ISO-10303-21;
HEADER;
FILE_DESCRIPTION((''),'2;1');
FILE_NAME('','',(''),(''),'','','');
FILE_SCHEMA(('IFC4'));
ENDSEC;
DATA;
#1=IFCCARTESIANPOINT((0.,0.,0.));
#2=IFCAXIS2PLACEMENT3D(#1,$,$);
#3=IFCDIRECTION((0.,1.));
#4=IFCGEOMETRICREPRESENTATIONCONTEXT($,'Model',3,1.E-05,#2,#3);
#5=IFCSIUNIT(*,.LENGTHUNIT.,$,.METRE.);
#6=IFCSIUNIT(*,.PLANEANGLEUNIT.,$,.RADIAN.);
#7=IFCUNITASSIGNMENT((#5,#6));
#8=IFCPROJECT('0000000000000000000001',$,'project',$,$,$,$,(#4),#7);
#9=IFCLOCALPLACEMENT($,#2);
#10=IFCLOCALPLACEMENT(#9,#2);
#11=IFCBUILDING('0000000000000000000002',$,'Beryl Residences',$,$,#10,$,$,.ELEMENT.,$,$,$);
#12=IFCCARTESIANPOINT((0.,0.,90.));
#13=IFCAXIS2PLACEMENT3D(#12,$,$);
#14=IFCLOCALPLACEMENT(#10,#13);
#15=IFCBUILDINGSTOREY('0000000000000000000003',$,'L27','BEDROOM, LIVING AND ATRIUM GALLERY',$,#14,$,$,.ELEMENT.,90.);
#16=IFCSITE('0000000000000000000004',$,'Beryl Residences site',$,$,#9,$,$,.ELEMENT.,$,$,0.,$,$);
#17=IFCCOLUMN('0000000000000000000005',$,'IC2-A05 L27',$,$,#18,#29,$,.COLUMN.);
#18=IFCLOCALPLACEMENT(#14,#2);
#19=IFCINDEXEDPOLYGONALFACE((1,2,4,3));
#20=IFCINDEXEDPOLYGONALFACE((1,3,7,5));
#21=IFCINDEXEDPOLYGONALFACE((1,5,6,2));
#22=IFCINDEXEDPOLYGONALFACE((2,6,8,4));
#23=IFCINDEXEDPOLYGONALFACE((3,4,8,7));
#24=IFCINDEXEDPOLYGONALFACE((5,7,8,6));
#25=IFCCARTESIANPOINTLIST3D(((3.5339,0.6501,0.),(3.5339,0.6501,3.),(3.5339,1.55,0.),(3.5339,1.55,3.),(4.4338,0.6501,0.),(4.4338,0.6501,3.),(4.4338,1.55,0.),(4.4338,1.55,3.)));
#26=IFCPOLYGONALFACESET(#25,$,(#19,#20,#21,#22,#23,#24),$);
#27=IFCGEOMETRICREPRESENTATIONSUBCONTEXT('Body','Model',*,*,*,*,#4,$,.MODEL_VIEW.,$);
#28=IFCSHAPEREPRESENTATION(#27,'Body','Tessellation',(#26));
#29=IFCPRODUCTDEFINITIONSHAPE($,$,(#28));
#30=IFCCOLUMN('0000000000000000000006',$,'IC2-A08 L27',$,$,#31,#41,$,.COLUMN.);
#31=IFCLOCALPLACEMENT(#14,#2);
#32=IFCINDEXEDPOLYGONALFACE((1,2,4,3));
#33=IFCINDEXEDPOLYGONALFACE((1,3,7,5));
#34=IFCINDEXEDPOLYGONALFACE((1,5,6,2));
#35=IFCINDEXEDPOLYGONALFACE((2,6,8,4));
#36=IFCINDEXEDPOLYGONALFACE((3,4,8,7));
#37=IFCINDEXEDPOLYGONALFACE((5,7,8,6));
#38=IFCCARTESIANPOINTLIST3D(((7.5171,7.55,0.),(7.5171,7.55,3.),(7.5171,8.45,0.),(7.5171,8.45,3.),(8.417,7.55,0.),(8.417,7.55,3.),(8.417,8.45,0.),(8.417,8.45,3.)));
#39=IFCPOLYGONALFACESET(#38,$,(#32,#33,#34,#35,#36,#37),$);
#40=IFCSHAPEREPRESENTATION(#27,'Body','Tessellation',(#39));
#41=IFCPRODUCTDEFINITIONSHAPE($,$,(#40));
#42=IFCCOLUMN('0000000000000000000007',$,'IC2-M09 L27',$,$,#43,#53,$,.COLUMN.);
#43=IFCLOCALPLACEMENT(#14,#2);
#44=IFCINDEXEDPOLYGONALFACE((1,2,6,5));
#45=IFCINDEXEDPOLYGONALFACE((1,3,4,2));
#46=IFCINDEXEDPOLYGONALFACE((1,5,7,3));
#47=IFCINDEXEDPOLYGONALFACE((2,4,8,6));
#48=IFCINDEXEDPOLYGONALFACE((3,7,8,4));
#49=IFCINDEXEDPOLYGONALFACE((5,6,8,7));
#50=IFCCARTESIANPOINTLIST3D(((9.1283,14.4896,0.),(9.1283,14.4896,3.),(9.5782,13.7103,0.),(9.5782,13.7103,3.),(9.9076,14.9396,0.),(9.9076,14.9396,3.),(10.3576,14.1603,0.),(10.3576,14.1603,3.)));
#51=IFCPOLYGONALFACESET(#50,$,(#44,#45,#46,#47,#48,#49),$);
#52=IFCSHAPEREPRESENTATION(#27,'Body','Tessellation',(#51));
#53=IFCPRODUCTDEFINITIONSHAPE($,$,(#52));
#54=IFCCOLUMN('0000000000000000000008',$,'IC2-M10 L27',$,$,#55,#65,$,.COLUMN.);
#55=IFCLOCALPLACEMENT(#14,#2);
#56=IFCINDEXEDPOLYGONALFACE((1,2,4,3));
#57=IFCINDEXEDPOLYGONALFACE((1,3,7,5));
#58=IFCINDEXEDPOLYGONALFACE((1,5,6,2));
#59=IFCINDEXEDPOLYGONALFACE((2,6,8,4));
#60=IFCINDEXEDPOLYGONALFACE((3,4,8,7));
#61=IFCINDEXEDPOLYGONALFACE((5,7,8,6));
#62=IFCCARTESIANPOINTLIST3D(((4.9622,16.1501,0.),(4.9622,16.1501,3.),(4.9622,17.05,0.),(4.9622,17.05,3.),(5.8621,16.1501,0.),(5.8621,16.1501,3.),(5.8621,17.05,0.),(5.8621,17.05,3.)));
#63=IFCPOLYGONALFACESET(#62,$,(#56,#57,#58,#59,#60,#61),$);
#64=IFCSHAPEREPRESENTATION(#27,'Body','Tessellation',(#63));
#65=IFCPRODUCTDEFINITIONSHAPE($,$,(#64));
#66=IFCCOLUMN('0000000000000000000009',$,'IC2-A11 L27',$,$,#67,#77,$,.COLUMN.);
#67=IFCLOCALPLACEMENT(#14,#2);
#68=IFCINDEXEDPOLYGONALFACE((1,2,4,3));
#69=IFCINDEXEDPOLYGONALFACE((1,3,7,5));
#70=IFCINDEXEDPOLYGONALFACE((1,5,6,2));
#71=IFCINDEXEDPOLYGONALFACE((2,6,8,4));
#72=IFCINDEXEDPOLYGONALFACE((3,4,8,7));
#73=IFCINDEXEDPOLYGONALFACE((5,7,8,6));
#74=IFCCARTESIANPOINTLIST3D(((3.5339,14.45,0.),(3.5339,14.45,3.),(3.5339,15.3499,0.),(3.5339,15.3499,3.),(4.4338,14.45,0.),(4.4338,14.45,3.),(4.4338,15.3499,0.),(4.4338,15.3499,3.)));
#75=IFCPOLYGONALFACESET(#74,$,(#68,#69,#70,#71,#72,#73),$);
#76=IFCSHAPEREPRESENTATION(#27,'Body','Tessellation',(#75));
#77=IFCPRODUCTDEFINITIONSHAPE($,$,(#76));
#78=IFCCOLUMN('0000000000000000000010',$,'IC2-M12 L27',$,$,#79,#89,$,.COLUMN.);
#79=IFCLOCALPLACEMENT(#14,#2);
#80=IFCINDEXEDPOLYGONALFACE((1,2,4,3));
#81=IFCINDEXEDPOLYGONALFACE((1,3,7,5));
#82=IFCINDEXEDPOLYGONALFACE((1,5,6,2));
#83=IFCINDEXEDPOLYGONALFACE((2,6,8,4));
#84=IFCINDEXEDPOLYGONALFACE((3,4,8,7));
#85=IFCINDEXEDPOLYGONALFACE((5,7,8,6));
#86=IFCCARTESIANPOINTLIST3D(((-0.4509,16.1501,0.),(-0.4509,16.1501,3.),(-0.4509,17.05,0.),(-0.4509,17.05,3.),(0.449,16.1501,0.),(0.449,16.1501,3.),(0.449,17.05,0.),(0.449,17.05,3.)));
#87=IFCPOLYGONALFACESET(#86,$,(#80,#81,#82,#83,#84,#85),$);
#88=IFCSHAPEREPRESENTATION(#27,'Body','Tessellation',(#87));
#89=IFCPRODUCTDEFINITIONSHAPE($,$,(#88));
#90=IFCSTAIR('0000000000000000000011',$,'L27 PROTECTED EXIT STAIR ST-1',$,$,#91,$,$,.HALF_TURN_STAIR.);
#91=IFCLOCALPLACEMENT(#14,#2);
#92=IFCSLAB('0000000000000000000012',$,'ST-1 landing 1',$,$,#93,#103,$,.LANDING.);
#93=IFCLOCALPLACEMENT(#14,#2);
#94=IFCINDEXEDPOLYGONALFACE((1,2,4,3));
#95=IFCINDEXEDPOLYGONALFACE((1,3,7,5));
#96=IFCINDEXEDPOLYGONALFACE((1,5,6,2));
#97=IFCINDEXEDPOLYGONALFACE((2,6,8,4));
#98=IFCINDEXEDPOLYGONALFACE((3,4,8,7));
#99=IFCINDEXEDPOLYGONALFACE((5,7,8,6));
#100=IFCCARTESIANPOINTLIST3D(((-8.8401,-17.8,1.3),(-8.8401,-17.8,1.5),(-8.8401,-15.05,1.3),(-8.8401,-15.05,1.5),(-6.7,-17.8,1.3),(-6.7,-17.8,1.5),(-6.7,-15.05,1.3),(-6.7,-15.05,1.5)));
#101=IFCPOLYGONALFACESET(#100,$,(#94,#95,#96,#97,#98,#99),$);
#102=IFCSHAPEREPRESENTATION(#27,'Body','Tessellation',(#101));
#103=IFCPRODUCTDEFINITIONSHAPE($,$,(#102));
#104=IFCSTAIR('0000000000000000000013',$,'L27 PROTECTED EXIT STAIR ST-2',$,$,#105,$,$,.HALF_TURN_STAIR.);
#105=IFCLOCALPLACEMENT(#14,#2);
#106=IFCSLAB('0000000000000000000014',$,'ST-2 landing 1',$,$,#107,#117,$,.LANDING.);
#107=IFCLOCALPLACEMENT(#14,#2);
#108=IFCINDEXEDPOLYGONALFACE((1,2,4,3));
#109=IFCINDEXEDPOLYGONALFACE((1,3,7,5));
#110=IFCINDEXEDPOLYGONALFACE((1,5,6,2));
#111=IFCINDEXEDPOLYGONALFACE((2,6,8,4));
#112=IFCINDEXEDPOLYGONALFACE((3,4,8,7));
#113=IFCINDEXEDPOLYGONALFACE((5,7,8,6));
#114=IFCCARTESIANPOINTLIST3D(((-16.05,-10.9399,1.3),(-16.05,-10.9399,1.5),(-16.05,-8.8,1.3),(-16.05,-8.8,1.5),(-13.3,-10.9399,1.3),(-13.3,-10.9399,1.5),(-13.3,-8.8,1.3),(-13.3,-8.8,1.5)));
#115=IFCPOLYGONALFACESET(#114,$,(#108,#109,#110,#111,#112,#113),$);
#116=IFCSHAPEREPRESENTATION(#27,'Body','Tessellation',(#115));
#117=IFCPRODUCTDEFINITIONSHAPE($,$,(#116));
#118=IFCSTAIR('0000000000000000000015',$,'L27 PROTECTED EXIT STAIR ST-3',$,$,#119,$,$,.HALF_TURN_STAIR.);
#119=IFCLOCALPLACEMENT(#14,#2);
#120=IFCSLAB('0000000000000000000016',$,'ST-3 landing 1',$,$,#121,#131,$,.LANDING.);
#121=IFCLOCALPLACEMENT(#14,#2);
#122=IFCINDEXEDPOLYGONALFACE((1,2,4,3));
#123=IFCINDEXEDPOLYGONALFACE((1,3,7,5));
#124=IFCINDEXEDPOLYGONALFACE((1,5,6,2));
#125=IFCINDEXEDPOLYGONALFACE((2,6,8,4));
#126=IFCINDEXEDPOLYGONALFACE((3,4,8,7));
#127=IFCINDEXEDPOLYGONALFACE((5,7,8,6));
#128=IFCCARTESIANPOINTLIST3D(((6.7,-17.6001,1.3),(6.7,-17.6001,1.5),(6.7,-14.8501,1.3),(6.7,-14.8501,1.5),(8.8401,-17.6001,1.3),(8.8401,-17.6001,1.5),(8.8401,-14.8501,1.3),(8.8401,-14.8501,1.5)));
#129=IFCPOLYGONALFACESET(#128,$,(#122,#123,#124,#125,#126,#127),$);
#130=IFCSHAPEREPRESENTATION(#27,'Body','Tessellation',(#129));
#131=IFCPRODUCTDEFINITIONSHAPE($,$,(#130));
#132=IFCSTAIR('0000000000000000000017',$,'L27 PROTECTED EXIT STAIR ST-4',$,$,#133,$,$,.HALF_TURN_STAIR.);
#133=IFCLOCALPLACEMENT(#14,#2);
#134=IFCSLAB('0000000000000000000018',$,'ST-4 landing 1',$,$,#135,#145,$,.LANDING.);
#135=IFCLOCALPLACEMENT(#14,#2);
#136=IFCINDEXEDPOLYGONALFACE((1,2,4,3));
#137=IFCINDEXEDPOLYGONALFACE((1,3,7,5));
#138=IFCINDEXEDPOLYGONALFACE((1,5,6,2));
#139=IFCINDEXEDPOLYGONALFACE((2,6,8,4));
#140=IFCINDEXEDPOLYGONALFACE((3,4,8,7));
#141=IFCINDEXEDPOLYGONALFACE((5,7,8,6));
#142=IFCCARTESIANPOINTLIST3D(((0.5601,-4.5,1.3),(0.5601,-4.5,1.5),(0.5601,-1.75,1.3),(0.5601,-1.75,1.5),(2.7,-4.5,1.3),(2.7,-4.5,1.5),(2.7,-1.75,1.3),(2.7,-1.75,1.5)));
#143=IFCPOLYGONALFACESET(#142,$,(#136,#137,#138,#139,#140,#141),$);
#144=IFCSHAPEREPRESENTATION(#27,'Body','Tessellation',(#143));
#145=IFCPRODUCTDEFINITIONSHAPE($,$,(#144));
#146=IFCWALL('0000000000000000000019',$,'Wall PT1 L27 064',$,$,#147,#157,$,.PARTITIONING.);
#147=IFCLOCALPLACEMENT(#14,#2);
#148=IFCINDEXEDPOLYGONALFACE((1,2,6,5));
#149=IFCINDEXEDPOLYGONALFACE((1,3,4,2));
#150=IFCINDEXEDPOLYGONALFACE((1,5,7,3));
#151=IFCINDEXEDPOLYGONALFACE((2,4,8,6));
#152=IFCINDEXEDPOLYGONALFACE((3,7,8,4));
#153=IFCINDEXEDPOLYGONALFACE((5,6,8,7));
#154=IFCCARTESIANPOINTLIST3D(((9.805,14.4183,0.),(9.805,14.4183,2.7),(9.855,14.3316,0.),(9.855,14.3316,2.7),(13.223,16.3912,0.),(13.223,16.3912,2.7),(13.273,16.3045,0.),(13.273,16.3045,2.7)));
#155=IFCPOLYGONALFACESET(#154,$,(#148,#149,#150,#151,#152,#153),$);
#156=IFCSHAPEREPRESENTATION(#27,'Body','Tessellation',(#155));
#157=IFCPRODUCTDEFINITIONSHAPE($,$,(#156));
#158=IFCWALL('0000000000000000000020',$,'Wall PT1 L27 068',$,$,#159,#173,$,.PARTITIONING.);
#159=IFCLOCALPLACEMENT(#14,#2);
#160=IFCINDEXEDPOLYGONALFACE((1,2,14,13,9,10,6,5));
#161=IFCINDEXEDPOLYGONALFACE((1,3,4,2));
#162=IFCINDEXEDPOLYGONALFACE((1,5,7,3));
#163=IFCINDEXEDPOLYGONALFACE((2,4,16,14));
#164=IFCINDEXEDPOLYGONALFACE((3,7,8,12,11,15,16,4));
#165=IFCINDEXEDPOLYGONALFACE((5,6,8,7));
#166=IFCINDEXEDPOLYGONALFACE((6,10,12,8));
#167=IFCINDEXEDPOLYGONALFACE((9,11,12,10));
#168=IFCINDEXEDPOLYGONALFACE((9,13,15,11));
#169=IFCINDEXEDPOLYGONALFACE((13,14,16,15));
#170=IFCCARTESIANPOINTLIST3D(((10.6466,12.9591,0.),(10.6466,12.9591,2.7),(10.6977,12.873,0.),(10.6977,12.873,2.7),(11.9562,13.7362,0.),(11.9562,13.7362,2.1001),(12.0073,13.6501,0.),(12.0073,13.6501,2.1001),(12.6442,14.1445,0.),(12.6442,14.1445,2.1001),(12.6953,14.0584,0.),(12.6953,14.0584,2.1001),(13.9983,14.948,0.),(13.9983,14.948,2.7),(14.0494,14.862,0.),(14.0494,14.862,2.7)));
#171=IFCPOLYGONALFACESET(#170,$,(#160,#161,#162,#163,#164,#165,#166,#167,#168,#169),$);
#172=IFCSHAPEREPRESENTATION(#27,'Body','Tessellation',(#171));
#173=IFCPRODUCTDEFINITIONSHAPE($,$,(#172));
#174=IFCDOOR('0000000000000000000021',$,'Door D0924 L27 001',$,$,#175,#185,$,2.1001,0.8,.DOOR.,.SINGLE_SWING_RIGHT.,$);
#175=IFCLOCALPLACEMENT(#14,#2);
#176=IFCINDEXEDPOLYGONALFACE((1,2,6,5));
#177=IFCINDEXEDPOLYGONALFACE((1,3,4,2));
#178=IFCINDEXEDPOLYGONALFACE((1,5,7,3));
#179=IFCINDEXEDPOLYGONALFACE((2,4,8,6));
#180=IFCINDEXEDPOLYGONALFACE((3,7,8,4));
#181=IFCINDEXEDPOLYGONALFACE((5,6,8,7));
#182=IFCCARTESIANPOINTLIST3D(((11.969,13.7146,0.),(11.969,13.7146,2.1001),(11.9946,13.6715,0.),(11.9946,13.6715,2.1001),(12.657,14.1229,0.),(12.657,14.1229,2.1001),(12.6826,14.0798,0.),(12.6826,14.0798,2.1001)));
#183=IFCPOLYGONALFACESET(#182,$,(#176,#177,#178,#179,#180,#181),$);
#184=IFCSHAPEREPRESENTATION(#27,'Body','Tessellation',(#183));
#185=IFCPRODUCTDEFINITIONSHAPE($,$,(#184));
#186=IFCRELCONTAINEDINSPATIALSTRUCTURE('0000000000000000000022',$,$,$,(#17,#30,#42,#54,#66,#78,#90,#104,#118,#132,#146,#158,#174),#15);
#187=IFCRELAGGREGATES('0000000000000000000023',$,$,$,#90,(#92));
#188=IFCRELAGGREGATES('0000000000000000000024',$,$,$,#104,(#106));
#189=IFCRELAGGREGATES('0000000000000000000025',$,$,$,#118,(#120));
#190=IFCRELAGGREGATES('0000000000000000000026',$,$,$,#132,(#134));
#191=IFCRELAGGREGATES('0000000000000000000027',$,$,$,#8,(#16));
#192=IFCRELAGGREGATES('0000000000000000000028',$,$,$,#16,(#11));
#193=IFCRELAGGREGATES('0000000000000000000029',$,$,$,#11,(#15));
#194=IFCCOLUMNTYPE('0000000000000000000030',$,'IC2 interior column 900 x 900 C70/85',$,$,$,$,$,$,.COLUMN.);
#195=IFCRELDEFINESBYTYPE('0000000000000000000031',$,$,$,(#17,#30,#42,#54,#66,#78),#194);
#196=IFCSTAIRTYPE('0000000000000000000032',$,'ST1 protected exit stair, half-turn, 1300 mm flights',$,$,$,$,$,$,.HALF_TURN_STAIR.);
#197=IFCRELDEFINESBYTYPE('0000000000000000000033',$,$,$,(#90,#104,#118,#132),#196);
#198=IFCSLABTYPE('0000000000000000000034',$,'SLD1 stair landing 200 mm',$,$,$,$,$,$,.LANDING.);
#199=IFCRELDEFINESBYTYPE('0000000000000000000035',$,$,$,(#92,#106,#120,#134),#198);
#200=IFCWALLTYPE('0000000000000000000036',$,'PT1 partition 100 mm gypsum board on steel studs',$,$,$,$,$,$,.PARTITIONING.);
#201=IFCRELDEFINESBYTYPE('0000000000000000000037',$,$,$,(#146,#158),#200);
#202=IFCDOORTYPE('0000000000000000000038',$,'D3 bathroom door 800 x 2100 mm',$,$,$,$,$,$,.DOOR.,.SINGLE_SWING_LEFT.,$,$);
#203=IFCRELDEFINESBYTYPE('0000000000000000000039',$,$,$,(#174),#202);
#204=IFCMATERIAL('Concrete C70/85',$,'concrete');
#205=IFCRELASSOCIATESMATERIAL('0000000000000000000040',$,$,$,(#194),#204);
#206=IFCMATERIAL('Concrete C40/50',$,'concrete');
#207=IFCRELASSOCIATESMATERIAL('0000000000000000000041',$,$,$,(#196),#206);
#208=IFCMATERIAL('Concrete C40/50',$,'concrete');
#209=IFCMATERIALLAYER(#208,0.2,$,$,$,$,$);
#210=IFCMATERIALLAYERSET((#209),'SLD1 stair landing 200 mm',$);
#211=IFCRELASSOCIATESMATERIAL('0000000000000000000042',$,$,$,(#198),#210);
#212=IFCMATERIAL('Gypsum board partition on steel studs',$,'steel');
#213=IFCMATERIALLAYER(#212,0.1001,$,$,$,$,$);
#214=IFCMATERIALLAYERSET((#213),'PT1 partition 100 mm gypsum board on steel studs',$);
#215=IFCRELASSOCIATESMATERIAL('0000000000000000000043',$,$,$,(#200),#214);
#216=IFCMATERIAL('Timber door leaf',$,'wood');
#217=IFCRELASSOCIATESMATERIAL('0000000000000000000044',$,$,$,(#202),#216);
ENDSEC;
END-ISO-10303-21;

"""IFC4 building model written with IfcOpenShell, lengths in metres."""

from ifc_helpers import new_model, si_unit, direction, frame, frame_2d, origin, origin_2d, place, context, subcontext, project, spatial, polyline, rectangle, outline, extrude, material, layer, layer_set, material_profile, profile_set, type_object, element, fill, aggregate, save


model = new_model("IFC4")

# Units and contexts
model_context = context("Model", 3, precision=1e-05, world=origin(), true_north=direction((0.0, 1.0)))
body_context = subcontext(model_context, "Body", "Model", "MODEL_VIEW")
ifc_project = project(units=[si_unit("LENGTHUNIT", "METRE"), si_unit("PLANEANGLEUNIT", "RADIAN")], contexts=[model_context])

# Site, building, storey
site_placement = place(None, origin())
site = spatial("IfcSite", under=ifc_project, at=site_placement, Name="Beryl Residences site", CompositionType="ELEMENT", RefElevation=0.0)
building_placement = place(site_placement, origin())
building = spatial("IfcBuilding", under=site, at=building_placement, Name="Beryl Residences", CompositionType="ELEMENT")
storey_placement = place(building_placement, frame((0.0, 0.0, 90.0)))
storey = spatial("IfcBuildingStorey", under=building, at=storey_placement, Name="L27", Description="BEDROOM, LIVING AND ATRIUM GALLERY", CompositionType="ELEMENT", Elevation=90.0)

# Columns
ifc_material_1 = material(Name="Concrete C70/85", Category="concrete")
ifc_material_profile = material_profile(ifc_material_1, rectangle(XDim=0.8999, YDim=0.8999, at=origin_2d()))
ifc_profile_set = profile_set([ifc_material_profile], Name="Concrete C70/85")
column_type = type_object("IfcColumnType", Name="IC2 interior column 900 x 900 C70/85", PredefinedType="COLUMN", material=ifc_profile_set)
for number, where, z_axis, x_axis, name in (
    (1, (3.9839, 1.1001, 0.0), (0.0, 0.0, 1.0), (1.0, 0.0, 0.0), "IC2-A05 L27"),
    (2, (7.967, 8.0, 0.0), (0.0, 0.0, 1.0), (1.0, 0.0, 0.0), "IC2-A08 L27"),
    (3, (9.7429, 14.325, 0.0), (0.0, 0.0, 1.0), (-0.5, 0.866025, 0.0), "IC2-M09 L27"),
    (4, (5.4121, 16.6001, 0.0), (0.0, 0.0, 1.0), (-1.0, 0.0, 0.0), "IC2-M10 L27"),
    (5, (3.9839, 14.8999, 0.0), (0.0, 0.0, 1.0), (1.0, 0.0, 0.0), "IC2-A11 L27"),
    (6, (-0.001, 16.6001, 0.0), (0.0, 0.0, 1.0), (-1.0, 0.0, 0.0), "IC2-M12 L27"),
):
    element("IfcColumn", number, at=place(storey_placement, frame(where, z_axis=z_axis, x_axis=x_axis)), inside=storey, type_object=column_type, Name=name, PredefinedType="COLUMN", context=body_context, shape_type="SweptSolid", body=[
        extrude(rectangle(XDim=0.8999, YDim=0.8999, at=origin_2d()), origin(), (0.0, 0.0, 1.0), 3.0),
    ])

# Stairs, slabs
ifc_material_2 = material(Name="Concrete C40/50", Category="concrete")
stair_type = type_object("IfcStairType", Name="ST1 protected exit stair, half-turn, 1300 mm flights", PredefinedType="HALF_TURN_STAIR", material=ifc_material_2)
stair_1_placement = place(storey_placement, origin())
stair_1 = element("IfcStair", 7, at=stair_1_placement, inside=storey, type_object=stair_type, Name="L27 PROTECTED EXIT STAIR ST-1", PredefinedType="HALF_TURN_STAIR")
ifc_material_3 = material(Name="Concrete C40/50", Category="concrete")
ifc_layer_1 = layer(ifc_material_3, 0.2)
ifc_layer_set_1 = layer_set([ifc_layer_1], Name="SLD1 stair landing 200 mm")
slab_type_1 = type_object("IfcSlabType", Name="SLD1 stair landing 200 mm", PredefinedType="LANDING", material=ifc_layer_set_1)
slab_1_placement = place(storey_placement, frame((0.0, 0.0, 1.3)))
slab_1 = element("IfcSlab", 8, at=slab_1_placement, type_object=slab_type_1, Name="ST-1 landing 1", PredefinedType="LANDING", context=body_context, shape_type="SweptSolid", body=[
    extrude(outline(polyline([(-8.8401, -17.8), (-6.7, -17.8), (-6.7, -15.05), (-8.8401, -15.05), (-8.8401, -17.8)])), origin(), (0.0, 0.0, 1.0), 0.2),
])
aggregate(stair_1, [slab_1])
stair_2_placement = place(storey_placement, origin())
stair_2 = element("IfcStair", 9, at=stair_2_placement, inside=storey, type_object=stair_type, Name="L27 PROTECTED EXIT STAIR ST-2", PredefinedType="HALF_TURN_STAIR")
slab_2_placement = place(storey_placement, frame((0.0, 0.0, 1.3)))
slab_2 = element("IfcSlab", 10, at=slab_2_placement, type_object=slab_type_1, Name="ST-2 landing 1", PredefinedType="LANDING", context=body_context, shape_type="SweptSolid", body=[
    extrude(outline(polyline([(-13.3, -10.9399), (-13.3, -8.8), (-16.05, -8.8), (-16.05, -10.9399), (-13.3, -10.9399)])), origin(), (0.0, 0.0, 1.0), 0.2),
])
aggregate(stair_2, [slab_2])
stair_3_placement = place(storey_placement, origin())
stair_3 = element("IfcStair", 11, at=stair_3_placement, inside=storey, type_object=stair_type, Name="L27 PROTECTED EXIT STAIR ST-3", PredefinedType="HALF_TURN_STAIR")
slab_3_placement = place(storey_placement, frame((0.0, 0.0, 1.3)))
slab_3 = element("IfcSlab", 12, at=slab_3_placement, type_object=slab_type_1, Name="ST-3 landing 1", PredefinedType="LANDING", context=body_context, shape_type="SweptSolid", body=[
    extrude(outline(polyline([(8.8401, -14.8501), (6.7, -14.8501), (6.7, -17.6001), (8.8401, -17.6001), (8.8401, -14.8501)])), origin(), (0.0, 0.0, 1.0), 0.2),
])
aggregate(stair_3, [slab_3])
stair_4_placement = place(storey_placement, origin())
stair_4 = element("IfcStair", 13, at=stair_4_placement, inside=storey, type_object=stair_type, Name="L27 PROTECTED EXIT STAIR ST-4", PredefinedType="HALF_TURN_STAIR")
slab_4_placement = place(storey_placement, frame((0.0, 0.0, 1.3)))
slab_4 = element("IfcSlab", 14, at=slab_4_placement, type_object=slab_type_1, Name="ST-4 landing 1", PredefinedType="LANDING", context=body_context, shape_type="SweptSolid", body=[
    extrude(outline(polyline([(0.5601, -4.5), (2.7, -4.5), (2.7, -1.75), (0.5601, -1.75), (0.5601, -4.5)])), origin(), (0.0, 0.0, 1.0), 0.2),
])
aggregate(stair_4, [slab_4])

# Wall
ifc_material_4 = material(Name="Gypsum board partition on steel studs", Category="steel")
ifc_layer_2 = layer(ifc_material_4, 0.1001)
ifc_layer_set_2 = layer_set([ifc_layer_2], Name="PT1 partition 100 mm gypsum board on steel studs")
wall_type_1 = type_object("IfcWallType", Name="PT1 partition 100 mm gypsum board on steel studs", PredefinedType="PARTITIONING", material=ifc_layer_set_2)
wall_1_placement = place(storey_placement, frame((9.8301, 14.375, 0.0), z_axis=(0.0, 0.0, 1.0), x_axis=(0.866076, 0.499912, 0.0)))
element("IfcWall", 15, at=wall_1_placement, inside=storey, type_object=wall_type_1, Name="Wall PT1 L27 064", PredefinedType="PARTITIONING", context=body_context, shape_type="SweptSolid", body=[
    extrude(rectangle(XDim=3.9465, YDim=0.1001, at=frame_2d((1.9731, 0.0))), origin(), (0.0, 0.0, 1.0), 2.7),
])

# Wall, opening, door
wall_2_placement = place(storey_placement, frame((10.6721, 12.916, 0.0), z_axis=(0.0, 0.0, 1.0), x_axis=(0.859981, 0.510326, 0.0)))
wall_2 = element("IfcWall", 16, at=wall_2_placement, inside=storey, type_object=wall_type_1, Name="Wall PT1 L27 068", PredefinedType="PARTITIONING", context=body_context, shape_type="SweptSolid", body=[
    extrude(rectangle(XDim=3.8975, YDim=0.1001, at=frame_2d((1.9487, 0.0))), origin(), (0.0, 0.0, 1.0), 2.7),
])
opening_1_placement = place(wall_2_placement, frame((1.5229, 0.0, 0.0)))
opening_1 = element("IfcOpeningElement", 17, at=opening_1_placement, cuts=wall_2, PredefinedType="OPENING", context=body_context, shape_type="SweptSolid", body=[
    extrude(rectangle(XDim=0.8, YDim=2.1001, at=frame_2d((0.3999, 1.05))), frame((0.0, 0.0601, 0.0), z_axis=(0.0, -1.0, 0.0), x_axis=(1.0, 0.0, 0.0)), (0.0, 0.0, 1.0), 0.1201),
])
ifc_material_5 = material(Name="Timber door leaf", Category="wood")
door_type_1 = type_object("IfcDoorType", Name="D3 bathroom door 800 x 2100 mm", OperationType="SINGLE_SWING_LEFT", PredefinedType="DOOR", material=ifc_material_5)
door_1_placement = place(opening_1_placement, origin())
door_1 = element("IfcDoor", 18, at=door_1_placement, inside=storey, type_object=door_type_1, Name="Door D0924 L27 001", OperationType="SINGLE_SWING_RIGHT", OverallHeight=2.1001, OverallWidth=0.8, PredefinedType="DOOR", context=body_context, shape_type="SweptSolid", body=[
    extrude(rectangle(XDim=0.8, YDim=2.1001, at=frame_2d((0.3999, 1.05))), frame((0.0, 0.0249, 0.0), z_axis=(0.0, -1.0, 0.0), x_axis=(1.0, 0.0, 0.0)), (0.0, 0.0, 1.0), 0.05),
])
fill(opening_1, door_1)

save(model, "model.ifc")
